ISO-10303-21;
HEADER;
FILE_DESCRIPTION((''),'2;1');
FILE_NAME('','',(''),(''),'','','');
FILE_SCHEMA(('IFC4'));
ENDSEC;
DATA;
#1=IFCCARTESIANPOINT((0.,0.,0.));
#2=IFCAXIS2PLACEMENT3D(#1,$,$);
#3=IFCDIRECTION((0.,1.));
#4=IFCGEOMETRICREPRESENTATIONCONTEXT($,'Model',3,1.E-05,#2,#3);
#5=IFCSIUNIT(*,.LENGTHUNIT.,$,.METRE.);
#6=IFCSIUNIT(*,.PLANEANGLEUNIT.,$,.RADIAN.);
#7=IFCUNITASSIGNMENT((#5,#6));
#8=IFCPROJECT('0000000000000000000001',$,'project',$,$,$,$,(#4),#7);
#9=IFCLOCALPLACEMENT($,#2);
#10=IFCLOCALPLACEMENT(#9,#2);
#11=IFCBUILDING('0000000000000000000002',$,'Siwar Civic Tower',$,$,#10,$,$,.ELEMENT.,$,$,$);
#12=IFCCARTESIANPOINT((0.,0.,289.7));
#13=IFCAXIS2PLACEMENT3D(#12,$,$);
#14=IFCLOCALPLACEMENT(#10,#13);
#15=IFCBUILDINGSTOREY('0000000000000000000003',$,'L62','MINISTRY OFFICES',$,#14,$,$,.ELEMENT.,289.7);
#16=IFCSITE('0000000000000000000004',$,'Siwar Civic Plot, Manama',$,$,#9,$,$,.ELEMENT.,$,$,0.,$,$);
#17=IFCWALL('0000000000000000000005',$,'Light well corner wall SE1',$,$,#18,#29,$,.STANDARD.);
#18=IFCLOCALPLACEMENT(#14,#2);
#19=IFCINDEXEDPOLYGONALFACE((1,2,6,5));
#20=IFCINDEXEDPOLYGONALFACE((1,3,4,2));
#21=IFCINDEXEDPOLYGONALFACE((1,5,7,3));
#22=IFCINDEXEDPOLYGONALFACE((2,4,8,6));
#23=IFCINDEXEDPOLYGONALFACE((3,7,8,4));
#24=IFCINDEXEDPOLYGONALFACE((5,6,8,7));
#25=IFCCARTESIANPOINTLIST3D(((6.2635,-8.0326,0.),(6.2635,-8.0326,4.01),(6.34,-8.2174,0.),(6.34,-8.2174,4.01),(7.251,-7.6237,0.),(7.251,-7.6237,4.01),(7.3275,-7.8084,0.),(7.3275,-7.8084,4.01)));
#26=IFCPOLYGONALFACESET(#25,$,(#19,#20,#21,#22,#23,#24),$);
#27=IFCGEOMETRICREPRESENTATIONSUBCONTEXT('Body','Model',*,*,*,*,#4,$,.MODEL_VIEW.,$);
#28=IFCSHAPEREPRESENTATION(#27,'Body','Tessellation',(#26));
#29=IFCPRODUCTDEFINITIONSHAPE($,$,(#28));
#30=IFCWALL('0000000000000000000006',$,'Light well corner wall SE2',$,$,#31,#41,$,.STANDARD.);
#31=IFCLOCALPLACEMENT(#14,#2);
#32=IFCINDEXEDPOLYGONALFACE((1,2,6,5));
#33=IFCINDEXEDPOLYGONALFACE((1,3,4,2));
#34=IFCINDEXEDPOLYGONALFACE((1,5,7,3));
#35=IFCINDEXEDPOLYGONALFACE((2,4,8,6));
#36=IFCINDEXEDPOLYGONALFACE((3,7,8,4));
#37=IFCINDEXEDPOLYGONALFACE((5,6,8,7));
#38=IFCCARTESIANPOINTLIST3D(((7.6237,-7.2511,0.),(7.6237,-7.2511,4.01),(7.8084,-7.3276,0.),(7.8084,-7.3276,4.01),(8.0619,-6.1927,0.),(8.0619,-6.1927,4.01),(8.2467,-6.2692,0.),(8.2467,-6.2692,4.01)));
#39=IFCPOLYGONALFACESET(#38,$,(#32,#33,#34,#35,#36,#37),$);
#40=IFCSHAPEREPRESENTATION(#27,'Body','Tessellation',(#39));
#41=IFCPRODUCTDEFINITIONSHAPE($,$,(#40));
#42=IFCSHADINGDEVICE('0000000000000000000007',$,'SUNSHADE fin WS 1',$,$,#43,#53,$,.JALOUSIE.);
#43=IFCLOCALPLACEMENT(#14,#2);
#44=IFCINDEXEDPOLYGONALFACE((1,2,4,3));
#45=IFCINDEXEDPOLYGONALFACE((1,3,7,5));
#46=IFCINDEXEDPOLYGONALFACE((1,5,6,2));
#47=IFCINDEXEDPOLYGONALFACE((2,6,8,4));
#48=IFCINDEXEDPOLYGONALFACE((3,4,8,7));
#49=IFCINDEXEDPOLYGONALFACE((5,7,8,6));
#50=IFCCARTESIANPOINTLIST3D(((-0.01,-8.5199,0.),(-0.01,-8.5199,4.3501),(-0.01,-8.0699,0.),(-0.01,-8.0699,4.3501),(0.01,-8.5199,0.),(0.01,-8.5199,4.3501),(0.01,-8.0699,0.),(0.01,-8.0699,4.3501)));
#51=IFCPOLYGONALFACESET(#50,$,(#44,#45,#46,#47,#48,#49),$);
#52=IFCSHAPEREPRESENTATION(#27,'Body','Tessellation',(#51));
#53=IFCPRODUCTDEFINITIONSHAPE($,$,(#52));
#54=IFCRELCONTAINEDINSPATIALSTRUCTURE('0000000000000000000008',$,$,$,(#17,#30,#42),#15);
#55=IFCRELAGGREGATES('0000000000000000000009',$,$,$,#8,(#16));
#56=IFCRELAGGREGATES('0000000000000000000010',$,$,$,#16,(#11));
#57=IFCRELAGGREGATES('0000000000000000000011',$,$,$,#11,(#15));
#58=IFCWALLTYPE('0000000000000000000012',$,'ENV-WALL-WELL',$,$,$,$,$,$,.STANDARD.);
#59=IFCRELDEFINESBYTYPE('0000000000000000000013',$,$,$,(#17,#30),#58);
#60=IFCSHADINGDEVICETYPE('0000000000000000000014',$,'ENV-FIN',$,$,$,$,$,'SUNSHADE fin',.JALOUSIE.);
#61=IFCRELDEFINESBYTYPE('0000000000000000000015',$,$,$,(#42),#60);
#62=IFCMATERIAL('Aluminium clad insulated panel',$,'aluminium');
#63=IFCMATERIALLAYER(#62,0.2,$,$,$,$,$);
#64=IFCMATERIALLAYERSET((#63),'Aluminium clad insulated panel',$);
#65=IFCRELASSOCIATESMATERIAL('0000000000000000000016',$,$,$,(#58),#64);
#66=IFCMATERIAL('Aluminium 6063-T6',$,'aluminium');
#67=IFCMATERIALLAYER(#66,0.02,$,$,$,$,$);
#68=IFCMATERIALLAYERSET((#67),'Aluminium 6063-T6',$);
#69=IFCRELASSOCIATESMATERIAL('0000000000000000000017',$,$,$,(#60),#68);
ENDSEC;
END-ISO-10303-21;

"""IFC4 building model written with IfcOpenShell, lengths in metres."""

from ifc_helpers import new_model, si_unit, direction, frame, frame_2d, origin, origin_2d, place, context, subcontext, project, spatial, rectangle, extrude, material, layer, layer_set, type_object, element, save


model = new_model("IFC4")

# Units and contexts
model_context = context("Model", 3, precision=1e-05, world=origin(), true_north=direction((0.0, 1.0)))
body_context = subcontext(model_context, "Body", "Model", "MODEL_VIEW")
ifc_project = project(units=[si_unit("LENGTHUNIT", "METRE"), si_unit("PLANEANGLEUNIT", "RADIAN")], contexts=[model_context])

# Site, building, storey
site_placement = place(None, origin())
site = spatial("IfcSite", under=ifc_project, at=site_placement, Name="Siwar Civic Plot, Manama", CompositionType="ELEMENT", RefElevation=0.0)
building_placement = place(site_placement, origin())
building = spatial("IfcBuilding", under=site, at=building_placement, Name="Siwar Civic Tower", CompositionType="ELEMENT")
storey_placement = place(building_placement, frame((0.0, 0.0, 289.7)))
storey = spatial("IfcBuildingStorey", under=building, at=storey_placement, Name="L62", Description="MINISTRY OFFICES", CompositionType="ELEMENT", Elevation=289.7)

# Walls
ifc_material_1 = material(Name="Aluminium clad insulated panel", Category="aluminium")
ifc_layer_1 = layer(ifc_material_1, 0.2)
ifc_layer_set_1 = layer_set([ifc_layer_1], Name="Aluminium clad insulated panel")
wall_type_1 = type_object("IfcWallType", Name="ENV-WALL-WELL", PredefinedType="STANDARD", material=ifc_layer_set_1)
wall_1_placement = place(storey_placement, frame((6.3018, -8.125, 0.0), z_axis=(0.0, 0.0, 1.0), x_axis=(0.923919, 0.382587, 0.0)))
element("IfcWall", 1, at=wall_1_placement, inside=storey, type_object=wall_type_1, Name="Light well corner wall SE1", PredefinedType="STANDARD", context=body_context, shape_type="SweptSolid", body=[
    extrude(rectangle(XDim=1.0688, YDim=0.2, at=frame_2d((0.5344, 0.0))), origin(), (0.0, 0.0, 1.0), 4.01),
])
wall_2_placement = place(storey_placement, frame((7.7161, -7.2893, 0.0), z_axis=(0.0, 0.0, 1.0), x_axis=(0.382571, 0.923926, 0.0)))
element("IfcWall", 2, at=wall_2_placement, inside=storey, type_object=wall_type_1, Name="Light well corner wall SE2", PredefinedType="STANDARD", context=body_context, shape_type="SweptSolid", body=[
    extrude(rectangle(XDim=1.1455, YDim=0.2, at=frame_2d((0.5728, 0.0))), origin(), (0.0, 0.0, 1.0), 4.01),
])

# Shading device
ifc_material_2 = material(Name="Aluminium 6063-T6", Category="aluminium")
ifc_layer_2 = layer(ifc_material_2, 0.02)
ifc_layer_set_2 = layer_set([ifc_layer_2], Name="Aluminium 6063-T6")
shading_device_type = type_object("IfcShadingDeviceType", Name="ENV-FIN", ElementType="SUNSHADE fin", PredefinedType="JALOUSIE", material=ifc_layer_set_2)
shading_device_placement = place(storey_placement, frame((0.0, -8.2949, 0.0), z_axis=(0.0, 0.0, 1.0), x_axis=(1.0, 0.0, 0.0)))
element("IfcShadingDevice", 3, at=shading_device_placement, inside=storey, type_object=shading_device_type, Name="SUNSHADE fin WS 1", PredefinedType="JALOUSIE", context=body_context, shape_type="SweptSolid", body=[
    extrude(rectangle(XDim=0.02, YDim=0.45, at=origin_2d()), origin(), (0.0, 0.0, 1.0), 4.3501),
])

save(model, "model.ifc")
